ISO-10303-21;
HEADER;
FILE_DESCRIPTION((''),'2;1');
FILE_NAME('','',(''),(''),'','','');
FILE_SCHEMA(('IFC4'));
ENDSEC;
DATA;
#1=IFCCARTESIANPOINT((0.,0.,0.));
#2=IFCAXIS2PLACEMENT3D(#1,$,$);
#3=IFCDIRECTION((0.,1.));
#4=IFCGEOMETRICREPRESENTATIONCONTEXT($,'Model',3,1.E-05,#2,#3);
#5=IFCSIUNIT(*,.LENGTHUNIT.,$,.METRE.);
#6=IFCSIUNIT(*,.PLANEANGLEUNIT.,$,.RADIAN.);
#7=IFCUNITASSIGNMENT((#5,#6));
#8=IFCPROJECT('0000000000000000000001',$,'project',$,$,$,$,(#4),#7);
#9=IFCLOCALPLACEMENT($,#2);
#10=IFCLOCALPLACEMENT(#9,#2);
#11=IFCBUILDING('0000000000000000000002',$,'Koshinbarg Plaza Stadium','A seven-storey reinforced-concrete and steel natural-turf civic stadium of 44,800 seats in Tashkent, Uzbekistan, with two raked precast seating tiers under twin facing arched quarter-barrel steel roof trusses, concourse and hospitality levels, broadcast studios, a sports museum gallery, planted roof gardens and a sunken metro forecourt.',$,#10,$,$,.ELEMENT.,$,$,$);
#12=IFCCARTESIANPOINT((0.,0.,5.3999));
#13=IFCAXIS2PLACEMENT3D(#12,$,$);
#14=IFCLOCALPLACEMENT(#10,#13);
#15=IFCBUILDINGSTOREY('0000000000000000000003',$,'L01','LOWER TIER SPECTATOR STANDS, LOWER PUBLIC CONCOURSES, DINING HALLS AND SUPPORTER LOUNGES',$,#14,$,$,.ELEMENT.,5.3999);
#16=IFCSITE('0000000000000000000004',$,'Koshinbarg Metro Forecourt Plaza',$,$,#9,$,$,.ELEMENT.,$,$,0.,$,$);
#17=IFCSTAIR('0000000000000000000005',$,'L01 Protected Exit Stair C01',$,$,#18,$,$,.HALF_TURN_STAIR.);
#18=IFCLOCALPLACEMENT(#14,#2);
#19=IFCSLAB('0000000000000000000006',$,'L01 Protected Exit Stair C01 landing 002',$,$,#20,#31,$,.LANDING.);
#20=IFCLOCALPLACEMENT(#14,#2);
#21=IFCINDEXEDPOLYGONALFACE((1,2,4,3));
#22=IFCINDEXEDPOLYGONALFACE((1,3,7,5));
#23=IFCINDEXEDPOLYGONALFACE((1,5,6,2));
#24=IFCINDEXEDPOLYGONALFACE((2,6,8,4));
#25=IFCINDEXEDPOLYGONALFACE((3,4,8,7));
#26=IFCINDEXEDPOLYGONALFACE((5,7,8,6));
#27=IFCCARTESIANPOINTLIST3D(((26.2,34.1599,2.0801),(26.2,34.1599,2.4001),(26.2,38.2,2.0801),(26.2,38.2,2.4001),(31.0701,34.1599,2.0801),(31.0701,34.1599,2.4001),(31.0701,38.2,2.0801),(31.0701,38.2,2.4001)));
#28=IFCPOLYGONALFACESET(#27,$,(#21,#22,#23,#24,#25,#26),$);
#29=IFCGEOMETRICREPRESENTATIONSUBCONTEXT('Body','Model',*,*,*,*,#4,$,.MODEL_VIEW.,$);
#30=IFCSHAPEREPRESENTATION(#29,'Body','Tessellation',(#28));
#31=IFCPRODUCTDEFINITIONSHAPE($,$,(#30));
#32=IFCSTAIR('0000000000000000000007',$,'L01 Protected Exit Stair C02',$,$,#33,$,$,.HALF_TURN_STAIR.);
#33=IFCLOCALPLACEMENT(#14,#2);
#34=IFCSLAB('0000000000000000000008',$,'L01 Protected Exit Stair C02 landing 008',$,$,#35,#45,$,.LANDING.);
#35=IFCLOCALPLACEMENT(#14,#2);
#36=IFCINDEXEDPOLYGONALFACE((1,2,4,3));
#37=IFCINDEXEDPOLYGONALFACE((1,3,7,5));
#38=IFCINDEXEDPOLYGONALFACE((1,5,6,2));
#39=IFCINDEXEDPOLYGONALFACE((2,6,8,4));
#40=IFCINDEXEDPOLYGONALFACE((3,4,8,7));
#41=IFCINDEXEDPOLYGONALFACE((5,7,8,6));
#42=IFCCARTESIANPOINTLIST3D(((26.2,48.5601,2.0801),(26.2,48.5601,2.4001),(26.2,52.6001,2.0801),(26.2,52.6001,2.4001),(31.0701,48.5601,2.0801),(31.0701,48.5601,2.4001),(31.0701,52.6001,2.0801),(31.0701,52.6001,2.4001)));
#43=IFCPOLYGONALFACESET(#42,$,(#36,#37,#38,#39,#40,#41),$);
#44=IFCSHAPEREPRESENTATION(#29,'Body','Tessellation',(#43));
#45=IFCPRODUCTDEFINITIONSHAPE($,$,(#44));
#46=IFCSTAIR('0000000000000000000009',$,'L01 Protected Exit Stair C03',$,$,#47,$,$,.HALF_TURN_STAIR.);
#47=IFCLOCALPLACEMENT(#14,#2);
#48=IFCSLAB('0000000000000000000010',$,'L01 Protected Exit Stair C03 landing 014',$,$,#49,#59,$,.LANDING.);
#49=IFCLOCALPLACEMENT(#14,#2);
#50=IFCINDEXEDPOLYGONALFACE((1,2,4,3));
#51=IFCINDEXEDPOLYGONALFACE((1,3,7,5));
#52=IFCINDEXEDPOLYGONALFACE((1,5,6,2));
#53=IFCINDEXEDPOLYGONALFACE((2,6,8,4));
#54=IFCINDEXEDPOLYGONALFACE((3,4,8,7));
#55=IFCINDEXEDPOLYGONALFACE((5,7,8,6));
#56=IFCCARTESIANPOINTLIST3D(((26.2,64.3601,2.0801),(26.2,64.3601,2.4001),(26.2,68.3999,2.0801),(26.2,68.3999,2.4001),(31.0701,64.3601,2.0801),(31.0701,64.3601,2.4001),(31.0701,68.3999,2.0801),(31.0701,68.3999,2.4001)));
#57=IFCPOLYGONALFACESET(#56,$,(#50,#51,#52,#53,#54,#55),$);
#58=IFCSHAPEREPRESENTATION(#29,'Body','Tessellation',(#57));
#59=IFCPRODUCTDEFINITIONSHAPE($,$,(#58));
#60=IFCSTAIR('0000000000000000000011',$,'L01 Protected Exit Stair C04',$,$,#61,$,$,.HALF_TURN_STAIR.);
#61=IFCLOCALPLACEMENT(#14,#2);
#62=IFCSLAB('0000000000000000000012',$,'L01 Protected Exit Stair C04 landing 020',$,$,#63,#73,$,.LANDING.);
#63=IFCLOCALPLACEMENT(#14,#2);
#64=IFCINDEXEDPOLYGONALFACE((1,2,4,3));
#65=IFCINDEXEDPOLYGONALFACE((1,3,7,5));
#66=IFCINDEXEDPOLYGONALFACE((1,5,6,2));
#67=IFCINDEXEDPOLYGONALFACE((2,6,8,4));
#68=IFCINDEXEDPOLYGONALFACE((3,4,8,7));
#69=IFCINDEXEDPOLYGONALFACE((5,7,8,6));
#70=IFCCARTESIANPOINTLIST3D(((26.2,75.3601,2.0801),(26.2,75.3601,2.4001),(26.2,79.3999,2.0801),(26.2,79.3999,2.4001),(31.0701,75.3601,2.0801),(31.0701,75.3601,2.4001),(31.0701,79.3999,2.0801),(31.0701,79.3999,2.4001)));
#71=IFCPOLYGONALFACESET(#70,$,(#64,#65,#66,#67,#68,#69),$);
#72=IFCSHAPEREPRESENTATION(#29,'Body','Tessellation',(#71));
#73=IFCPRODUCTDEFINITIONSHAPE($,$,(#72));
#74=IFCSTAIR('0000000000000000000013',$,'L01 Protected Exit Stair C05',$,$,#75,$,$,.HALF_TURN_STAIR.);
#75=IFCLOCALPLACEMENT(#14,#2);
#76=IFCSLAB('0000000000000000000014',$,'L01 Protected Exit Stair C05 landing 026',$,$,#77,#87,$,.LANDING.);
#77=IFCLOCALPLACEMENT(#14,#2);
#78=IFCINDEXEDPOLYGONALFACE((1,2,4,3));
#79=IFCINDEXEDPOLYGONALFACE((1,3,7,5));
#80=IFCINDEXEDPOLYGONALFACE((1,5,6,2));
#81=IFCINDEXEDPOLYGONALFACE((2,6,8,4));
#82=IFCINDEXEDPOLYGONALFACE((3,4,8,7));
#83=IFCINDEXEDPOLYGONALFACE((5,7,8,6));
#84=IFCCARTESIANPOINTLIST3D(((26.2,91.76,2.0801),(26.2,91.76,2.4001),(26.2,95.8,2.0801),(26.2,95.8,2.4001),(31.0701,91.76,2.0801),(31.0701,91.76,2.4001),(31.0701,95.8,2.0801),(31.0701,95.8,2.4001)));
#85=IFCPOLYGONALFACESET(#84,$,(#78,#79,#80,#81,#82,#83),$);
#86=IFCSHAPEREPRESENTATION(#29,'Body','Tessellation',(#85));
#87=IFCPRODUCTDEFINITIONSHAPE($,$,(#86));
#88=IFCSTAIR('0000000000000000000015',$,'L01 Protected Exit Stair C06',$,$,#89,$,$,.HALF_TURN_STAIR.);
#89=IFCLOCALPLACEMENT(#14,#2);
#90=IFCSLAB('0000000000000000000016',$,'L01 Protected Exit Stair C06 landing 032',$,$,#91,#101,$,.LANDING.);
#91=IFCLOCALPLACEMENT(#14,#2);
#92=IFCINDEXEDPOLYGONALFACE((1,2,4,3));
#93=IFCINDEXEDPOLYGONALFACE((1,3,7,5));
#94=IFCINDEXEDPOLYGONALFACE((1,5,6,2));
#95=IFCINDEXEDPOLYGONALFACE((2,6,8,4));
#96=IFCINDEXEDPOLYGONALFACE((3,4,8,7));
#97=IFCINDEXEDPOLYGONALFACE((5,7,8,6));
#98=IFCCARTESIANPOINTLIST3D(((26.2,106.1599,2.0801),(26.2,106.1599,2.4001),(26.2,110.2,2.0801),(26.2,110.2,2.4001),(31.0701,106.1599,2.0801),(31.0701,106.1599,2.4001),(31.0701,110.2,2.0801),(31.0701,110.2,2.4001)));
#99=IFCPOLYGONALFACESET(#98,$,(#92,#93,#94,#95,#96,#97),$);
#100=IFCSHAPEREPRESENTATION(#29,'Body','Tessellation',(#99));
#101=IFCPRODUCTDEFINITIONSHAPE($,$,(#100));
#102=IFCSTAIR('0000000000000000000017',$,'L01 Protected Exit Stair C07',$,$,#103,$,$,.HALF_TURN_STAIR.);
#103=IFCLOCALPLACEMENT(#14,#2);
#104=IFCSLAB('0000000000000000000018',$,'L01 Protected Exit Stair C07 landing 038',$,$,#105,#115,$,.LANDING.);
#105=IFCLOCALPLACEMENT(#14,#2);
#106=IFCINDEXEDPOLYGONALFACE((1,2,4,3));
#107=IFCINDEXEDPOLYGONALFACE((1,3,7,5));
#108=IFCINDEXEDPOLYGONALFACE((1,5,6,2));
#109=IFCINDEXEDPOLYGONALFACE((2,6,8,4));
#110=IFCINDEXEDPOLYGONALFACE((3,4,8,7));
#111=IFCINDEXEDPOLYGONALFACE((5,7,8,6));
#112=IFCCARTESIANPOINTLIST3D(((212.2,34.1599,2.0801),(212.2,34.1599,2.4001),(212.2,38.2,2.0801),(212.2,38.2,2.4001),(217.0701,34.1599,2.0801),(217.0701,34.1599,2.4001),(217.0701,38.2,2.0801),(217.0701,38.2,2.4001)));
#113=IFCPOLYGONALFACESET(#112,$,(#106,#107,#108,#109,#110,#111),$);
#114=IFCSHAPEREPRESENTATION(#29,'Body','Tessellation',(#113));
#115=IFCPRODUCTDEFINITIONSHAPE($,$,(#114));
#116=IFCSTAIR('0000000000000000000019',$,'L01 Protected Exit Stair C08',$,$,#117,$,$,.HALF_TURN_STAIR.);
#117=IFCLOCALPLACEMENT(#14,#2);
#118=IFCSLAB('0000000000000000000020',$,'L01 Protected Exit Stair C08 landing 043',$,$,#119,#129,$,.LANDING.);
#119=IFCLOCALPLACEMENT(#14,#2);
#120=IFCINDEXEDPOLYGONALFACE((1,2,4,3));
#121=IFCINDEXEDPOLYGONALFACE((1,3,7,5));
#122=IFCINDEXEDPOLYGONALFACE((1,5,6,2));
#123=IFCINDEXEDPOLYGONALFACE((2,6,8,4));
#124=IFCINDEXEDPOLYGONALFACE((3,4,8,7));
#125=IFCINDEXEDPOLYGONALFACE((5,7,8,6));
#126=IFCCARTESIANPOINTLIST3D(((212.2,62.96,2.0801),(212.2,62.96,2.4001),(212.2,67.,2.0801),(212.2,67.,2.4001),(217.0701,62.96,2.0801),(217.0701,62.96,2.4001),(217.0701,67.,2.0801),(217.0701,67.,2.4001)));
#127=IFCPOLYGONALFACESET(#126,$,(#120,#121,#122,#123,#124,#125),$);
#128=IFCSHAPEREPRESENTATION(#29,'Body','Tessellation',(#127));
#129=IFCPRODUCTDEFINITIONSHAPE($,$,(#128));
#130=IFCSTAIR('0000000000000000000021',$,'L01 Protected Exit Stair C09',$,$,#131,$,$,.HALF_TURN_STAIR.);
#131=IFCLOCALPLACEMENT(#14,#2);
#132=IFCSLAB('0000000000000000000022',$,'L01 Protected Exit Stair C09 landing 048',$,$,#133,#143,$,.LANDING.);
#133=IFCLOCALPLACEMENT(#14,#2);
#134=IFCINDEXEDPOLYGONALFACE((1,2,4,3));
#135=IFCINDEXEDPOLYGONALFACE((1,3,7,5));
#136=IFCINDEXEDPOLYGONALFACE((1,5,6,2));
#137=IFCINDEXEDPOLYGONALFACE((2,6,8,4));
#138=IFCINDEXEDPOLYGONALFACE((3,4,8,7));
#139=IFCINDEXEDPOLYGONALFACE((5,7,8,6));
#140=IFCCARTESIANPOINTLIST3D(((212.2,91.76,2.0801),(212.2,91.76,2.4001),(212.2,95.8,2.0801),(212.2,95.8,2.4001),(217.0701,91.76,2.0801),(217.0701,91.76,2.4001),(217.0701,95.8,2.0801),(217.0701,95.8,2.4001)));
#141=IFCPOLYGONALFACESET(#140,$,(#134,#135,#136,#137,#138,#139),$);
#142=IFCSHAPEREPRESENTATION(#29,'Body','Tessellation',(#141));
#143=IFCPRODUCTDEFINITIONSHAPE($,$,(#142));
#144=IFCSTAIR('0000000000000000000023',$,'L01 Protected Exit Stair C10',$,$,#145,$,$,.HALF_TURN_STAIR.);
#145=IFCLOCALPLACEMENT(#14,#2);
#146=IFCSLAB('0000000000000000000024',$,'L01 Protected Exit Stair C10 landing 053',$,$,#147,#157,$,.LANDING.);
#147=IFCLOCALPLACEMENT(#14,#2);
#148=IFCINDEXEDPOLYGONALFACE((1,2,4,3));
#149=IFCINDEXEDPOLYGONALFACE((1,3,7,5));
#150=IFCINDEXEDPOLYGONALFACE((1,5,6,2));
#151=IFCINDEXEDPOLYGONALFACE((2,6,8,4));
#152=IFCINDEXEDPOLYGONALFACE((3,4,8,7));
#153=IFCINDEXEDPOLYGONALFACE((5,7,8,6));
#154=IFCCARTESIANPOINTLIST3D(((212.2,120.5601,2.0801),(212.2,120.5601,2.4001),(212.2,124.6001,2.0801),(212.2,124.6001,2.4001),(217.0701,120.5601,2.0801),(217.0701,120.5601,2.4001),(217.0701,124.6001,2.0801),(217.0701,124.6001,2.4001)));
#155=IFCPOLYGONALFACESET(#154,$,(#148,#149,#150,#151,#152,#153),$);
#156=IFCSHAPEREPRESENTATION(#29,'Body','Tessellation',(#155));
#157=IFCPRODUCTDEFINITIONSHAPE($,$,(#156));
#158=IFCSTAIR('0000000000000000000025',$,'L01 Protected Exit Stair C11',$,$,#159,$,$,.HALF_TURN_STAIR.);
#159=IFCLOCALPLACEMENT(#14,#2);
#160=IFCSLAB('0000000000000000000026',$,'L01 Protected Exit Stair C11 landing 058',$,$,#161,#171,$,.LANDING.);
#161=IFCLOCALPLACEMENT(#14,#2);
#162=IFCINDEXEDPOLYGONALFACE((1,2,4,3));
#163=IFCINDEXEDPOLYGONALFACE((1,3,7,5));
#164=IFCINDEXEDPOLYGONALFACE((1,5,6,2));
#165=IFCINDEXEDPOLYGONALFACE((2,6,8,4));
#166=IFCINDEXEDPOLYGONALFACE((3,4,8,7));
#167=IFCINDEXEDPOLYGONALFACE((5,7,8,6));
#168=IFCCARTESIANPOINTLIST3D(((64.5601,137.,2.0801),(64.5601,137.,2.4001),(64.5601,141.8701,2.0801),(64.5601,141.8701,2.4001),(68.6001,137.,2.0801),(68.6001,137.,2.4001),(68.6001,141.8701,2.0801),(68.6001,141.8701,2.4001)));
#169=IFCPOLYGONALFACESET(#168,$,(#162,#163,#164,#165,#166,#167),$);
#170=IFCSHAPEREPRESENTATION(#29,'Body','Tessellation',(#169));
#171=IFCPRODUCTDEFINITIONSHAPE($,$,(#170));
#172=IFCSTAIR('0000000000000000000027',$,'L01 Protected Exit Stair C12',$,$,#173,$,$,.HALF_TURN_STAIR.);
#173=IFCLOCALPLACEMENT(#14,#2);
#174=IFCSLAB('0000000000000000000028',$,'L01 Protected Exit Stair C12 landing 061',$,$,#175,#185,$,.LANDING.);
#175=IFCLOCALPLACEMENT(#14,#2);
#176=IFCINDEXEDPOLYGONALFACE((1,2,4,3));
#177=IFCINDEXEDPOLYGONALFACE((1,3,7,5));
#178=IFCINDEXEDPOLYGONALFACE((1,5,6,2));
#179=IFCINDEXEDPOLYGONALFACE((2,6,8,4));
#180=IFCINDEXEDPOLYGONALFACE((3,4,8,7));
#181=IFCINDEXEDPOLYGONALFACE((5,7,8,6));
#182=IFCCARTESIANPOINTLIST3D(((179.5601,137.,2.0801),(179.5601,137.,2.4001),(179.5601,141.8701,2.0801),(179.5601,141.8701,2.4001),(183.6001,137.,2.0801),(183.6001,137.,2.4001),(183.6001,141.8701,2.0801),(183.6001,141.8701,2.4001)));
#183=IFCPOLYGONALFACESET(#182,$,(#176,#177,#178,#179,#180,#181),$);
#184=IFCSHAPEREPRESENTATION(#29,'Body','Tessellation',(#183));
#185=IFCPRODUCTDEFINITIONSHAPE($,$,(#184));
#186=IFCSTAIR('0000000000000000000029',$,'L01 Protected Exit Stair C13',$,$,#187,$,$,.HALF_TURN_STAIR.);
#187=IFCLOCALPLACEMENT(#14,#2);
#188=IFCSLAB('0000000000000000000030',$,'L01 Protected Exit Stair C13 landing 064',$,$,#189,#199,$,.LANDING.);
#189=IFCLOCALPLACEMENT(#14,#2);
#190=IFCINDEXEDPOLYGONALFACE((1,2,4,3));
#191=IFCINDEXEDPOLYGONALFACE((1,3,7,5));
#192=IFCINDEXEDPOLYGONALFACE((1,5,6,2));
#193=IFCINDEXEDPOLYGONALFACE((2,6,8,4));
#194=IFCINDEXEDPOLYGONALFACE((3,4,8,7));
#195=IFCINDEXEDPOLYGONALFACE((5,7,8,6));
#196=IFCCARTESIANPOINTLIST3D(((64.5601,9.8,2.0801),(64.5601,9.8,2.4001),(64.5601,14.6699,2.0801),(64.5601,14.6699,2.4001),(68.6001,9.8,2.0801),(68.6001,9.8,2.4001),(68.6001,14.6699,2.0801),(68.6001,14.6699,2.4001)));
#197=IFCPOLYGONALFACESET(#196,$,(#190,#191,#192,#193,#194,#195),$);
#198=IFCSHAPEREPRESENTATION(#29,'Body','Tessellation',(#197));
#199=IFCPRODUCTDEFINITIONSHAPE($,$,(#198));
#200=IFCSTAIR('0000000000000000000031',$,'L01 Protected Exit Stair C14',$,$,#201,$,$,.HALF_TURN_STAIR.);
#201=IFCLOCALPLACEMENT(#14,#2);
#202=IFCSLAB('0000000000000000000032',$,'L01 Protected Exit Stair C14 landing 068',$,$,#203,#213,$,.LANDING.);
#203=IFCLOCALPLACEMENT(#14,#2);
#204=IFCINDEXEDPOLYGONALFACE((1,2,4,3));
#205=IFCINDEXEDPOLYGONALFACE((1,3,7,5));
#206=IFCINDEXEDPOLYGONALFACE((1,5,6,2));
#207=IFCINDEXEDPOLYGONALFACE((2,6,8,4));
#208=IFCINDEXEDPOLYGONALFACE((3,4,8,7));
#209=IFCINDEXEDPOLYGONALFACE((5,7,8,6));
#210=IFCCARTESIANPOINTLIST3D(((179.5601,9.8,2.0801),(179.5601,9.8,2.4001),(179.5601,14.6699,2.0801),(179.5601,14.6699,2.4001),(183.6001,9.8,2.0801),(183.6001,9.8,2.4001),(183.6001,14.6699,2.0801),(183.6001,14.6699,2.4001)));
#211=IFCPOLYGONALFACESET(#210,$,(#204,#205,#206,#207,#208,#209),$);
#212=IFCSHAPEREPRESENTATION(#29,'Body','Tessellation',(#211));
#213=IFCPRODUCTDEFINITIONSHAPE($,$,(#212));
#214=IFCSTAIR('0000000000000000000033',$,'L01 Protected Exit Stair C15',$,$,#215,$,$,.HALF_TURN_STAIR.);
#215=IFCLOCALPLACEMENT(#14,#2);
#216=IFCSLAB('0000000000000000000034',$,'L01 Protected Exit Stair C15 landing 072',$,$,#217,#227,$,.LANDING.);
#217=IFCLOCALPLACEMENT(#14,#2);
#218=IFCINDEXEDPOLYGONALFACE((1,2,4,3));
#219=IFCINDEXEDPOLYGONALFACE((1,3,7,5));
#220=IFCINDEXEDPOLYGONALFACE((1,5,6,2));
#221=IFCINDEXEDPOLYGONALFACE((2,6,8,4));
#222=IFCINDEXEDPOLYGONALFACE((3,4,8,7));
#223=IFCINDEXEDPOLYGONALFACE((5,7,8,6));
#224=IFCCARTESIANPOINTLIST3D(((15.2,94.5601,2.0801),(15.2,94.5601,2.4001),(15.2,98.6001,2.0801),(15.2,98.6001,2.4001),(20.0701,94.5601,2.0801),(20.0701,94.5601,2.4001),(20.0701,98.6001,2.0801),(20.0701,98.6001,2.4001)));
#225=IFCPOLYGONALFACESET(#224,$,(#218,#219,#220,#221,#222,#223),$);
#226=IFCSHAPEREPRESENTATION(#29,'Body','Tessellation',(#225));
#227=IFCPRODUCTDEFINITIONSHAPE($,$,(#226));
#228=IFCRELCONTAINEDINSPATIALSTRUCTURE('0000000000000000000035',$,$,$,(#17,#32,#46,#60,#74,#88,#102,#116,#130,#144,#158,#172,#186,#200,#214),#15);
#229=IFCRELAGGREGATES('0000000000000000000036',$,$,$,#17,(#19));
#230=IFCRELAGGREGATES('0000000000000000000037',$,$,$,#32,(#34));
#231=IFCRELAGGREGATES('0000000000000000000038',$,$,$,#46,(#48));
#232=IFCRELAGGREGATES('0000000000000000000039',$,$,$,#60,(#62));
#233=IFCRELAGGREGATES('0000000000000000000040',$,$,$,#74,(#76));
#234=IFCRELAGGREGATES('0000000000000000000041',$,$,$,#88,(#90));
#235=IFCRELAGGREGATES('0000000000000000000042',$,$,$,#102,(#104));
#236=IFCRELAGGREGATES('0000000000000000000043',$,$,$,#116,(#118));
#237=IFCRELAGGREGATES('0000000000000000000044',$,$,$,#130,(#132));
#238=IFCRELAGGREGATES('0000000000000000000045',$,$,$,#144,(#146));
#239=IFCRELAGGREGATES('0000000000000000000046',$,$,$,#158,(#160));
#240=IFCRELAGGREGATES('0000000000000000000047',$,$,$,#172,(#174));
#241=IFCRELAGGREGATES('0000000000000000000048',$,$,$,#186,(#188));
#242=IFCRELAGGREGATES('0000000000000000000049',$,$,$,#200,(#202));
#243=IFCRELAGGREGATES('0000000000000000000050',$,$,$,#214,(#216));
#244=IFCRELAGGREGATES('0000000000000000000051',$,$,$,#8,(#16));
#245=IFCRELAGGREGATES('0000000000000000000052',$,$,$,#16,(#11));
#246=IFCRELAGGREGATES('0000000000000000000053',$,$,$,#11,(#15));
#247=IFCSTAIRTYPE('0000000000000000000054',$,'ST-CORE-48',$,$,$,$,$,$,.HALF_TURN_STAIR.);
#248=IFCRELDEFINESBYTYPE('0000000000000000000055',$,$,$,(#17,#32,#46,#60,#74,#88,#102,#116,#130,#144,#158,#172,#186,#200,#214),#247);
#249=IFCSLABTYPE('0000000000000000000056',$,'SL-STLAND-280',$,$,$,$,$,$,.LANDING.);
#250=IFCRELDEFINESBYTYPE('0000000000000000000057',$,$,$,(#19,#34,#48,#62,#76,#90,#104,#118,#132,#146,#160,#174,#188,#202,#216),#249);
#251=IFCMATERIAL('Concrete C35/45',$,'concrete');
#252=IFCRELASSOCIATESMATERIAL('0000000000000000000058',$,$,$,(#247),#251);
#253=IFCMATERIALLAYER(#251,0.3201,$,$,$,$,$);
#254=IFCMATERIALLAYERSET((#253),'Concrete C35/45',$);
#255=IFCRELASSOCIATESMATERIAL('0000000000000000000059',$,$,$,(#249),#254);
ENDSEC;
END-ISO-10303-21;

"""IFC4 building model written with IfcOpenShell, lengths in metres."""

from ifc_helpers import new_model, si_unit, direction, frame, origin, place, context, subcontext, project, spatial, polyline, outline, extrude, material, layer, layer_set, type_object, element, aggregate, save


model = new_model("IFC4")

# Units and contexts
model_context = context("Model", 3, precision=1e-05, world=origin(), true_north=direction((0.0, 1.0)))
body_context = subcontext(model_context, "Body", "Model", "MODEL_VIEW")
ifc_project = project(units=[si_unit("LENGTHUNIT", "METRE"), si_unit("PLANEANGLEUNIT", "RADIAN")], contexts=[model_context])

# Site, building, storey
site_placement = place(None, origin())
site = spatial("IfcSite", under=ifc_project, at=site_placement, Name="Koshinbarg Metro Forecourt Plaza", CompositionType="ELEMENT", RefElevation=0.0)
building_placement = place(site_placement, origin())
building = spatial("IfcBuilding", under=site, at=building_placement, Name="Koshinbarg Plaza Stadium", Description="A seven-storey reinforced-concrete and steel natural-turf civic stadium of 44,800 seats in Tashkent, Uzbekistan, with two raked precast seating tiers under twin facing arched quarter-barrel steel roof trusses, concourse and hospitality levels, broadcast studios, a sports museum gallery, planted roof gardens and a sunken metro forecourt.", CompositionType="ELEMENT")
storey_placement = place(building_placement, frame((0.0, 0.0, 5.3999)))
storey = spatial("IfcBuildingStorey", under=building, at=storey_placement, Name="L01", Description="LOWER TIER SPECTATOR STANDS, LOWER PUBLIC CONCOURSES, DINING HALLS AND SUPPORTER LOUNGES", CompositionType="ELEMENT", Elevation=5.3999)

# Stairs, slabs
ifc_material_1 = material(Name="Concrete C35/45", Category="concrete")
stair_type_1 = type_object("IfcStairType", Name="ST-CORE-48", PredefinedType="HALF_TURN_STAIR", material=ifc_material_1)
stair_1_placement = place(storey_placement, origin())
stair_1 = element("IfcStair", 1, at=stair_1_placement, inside=storey, type_object=stair_type_1, Name="L01 Protected Exit Stair C01", PredefinedType="HALF_TURN_STAIR")
ifc_layer_1 = layer(ifc_material_1, 0.3201)
ifc_layer_set_1 = layer_set([ifc_layer_1], Name="Concrete C35/45")
slab_type_1 = type_object("IfcSlabType", Name="SL-STLAND-280", PredefinedType="LANDING", material=ifc_layer_set_1)
slab_1_placement = place(storey_placement, frame((0.0, 0.0, 2.0801)))
slab_1 = element("IfcSlab", 2, at=slab_1_placement, type_object=slab_type_1, Name="L01 Protected Exit Stair C01 landing 002", PredefinedType="LANDING", context=body_context, shape_type="SweptSolid", body=[
    extrude(outline(polyline([(31.0701, 34.1599), (31.0701, 38.2), (26.2, 38.2), (26.2, 34.1599), (31.0701, 34.1599)])), origin(), (0.0, 0.0, 1.0), 0.3201),
])
aggregate(stair_1, [slab_1])
stair_2_placement = place(storey_placement, origin())
stair_2 = element("IfcStair", 3, at=stair_2_placement, inside=storey, type_object=stair_type_1, Name="L01 Protected Exit Stair C02", PredefinedType="HALF_TURN_STAIR")
slab_2_placement = place(storey_placement, frame((0.0, 0.0, 2.0801)))
slab_2 = element("IfcSlab", 4, at=slab_2_placement, type_object=slab_type_1, Name="L01 Protected Exit Stair C02 landing 008", PredefinedType="LANDING", context=body_context, shape_type="SweptSolid", body=[
    extrude(outline(polyline([(31.0701, 48.5601), (31.0701, 52.6001), (26.2, 52.6001), (26.2, 48.5601), (31.0701, 48.5601)])), origin(), (0.0, 0.0, 1.0), 0.3201),
])
aggregate(stair_2, [slab_2])
stair_3_placement = place(storey_placement, origin())
stair_3 = element("IfcStair", 5, at=stair_3_placement, inside=storey, type_object=stair_type_1, Name="L01 Protected Exit Stair C03", PredefinedType="HALF_TURN_STAIR")
slab_3_placement = place(storey_placement, frame((0.0, 0.0, 2.0801)))
slab_3 = element("IfcSlab", 6, at=slab_3_placement, type_object=slab_type_1, Name="L01 Protected Exit Stair C03 landing 014", PredefinedType="LANDING", context=body_context, shape_type="SweptSolid", body=[
    extrude(outline(polyline([(31.0701, 64.3601), (31.0701, 68.3999), (26.2, 68.3999), (26.2, 64.3601), (31.0701, 64.3601)])), origin(), (0.0, 0.0, 1.0), 0.3201),
])
aggregate(stair_3, [slab_3])
stair_4_placement = place(storey_placement, origin())
stair_4 = element("IfcStair", 7, at=stair_4_placement, inside=storey, type_object=stair_type_1, Name="L01 Protected Exit Stair C04", PredefinedType="HALF_TURN_STAIR")
slab_4_placement = place(storey_placement, frame((0.0, 0.0, 2.0801)))
slab_4 = element("IfcSlab", 8, at=slab_4_placement, type_object=slab_type_1, Name="L01 Protected Exit Stair C04 landing 020", PredefinedType="LANDING", context=body_context, shape_type="SweptSolid", body=[
    extrude(outline(polyline([(31.0701, 75.3601), (31.0701, 79.3999), (26.2, 79.3999), (26.2, 75.3601), (31.0701, 75.3601)])), origin(), (0.0, 0.0, 1.0), 0.3201),
])
aggregate(stair_4, [slab_4])
stair_5_placement = place(storey_placement, origin())
stair_5 = element("IfcStair", 9, at=stair_5_placement, inside=storey, type_object=stair_type_1, Name="L01 Protected Exit Stair C05", PredefinedType="HALF_TURN_STAIR")
slab_5_placement = place(storey_placement, frame((0.0, 0.0, 2.0801)))
slab_5 = element("IfcSlab", 10, at=slab_5_placement, type_object=slab_type_1, Name="L01 Protected Exit Stair C05 landing 026", PredefinedType="LANDING", context=body_context, shape_type="SweptSolid", body=[
    extrude(outline(polyline([(31.0701, 91.76), (31.0701, 95.8), (26.2, 95.8), (26.2, 91.76), (31.0701, 91.76)])), origin(), (0.0, 0.0, 1.0), 0.3201),
])
aggregate(stair_5, [slab_5])
stair_6_placement = place(storey_placement, origin())
stair_6 = element("IfcStair", 11, at=stair_6_placement, inside=storey, type_object=stair_type_1, Name="L01 Protected Exit Stair C06", PredefinedType="HALF_TURN_STAIR")
slab_6_placement = place(storey_placement, frame((0.0, 0.0, 2.0801)))
slab_6 = element("IfcSlab", 12, at=slab_6_placement, type_object=slab_type_1, Name="L01 Protected Exit Stair C06 landing 032", PredefinedType="LANDING", context=body_context, shape_type="SweptSolid", body=[
    extrude(outline(polyline([(31.0701, 106.1599), (31.0701, 110.2), (26.2, 110.2), (26.2, 106.1599), (31.0701, 106.1599)])), origin(), (0.0, 0.0, 1.0), 0.3201),
])
aggregate(stair_6, [slab_6])
stair_7_placement = place(storey_placement, origin())
stair_7 = element("IfcStair", 13, at=stair_7_placement, inside=storey, type_object=stair_type_1, Name="L01 Protected Exit Stair C07", PredefinedType="HALF_TURN_STAIR")
slab_7_placement = place(storey_placement, frame((0.0, 0.0, 2.0801)))
slab_7 = element("IfcSlab", 14, at=slab_7_placement, type_object=slab_type_1, Name="L01 Protected Exit Stair C07 landing 038", PredefinedType="LANDING", context=body_context, shape_type="SweptSolid", body=[
    extrude(outline(polyline([(217.0701, 34.1599), (217.0701, 38.2), (212.2, 38.2), (212.2, 34.1599), (217.0701, 34.1599)])), origin(), (0.0, 0.0, 1.0), 0.3201),
])
aggregate(stair_7, [slab_7])
stair_8_placement = place(storey_placement, origin())
stair_8 = element("IfcStair", 15, at=stair_8_placement, inside=storey, type_object=stair_type_1, Name="L01 Protected Exit Stair C08", PredefinedType="HALF_TURN_STAIR")
slab_8_placement = place(storey_placement, frame((0.0, 0.0, 2.0801)))
slab_8 = element("IfcSlab", 16, at=slab_8_placement, type_object=slab_type_1, Name="L01 Protected Exit Stair C08 landing 043", PredefinedType="LANDING", context=body_context, shape_type="SweptSolid", body=[
    extrude(outline(polyline([(217.0701, 62.96), (217.0701, 67.0), (212.2, 67.0), (212.2, 62.96), (217.0701, 62.96)])), origin(), (0.0, 0.0, 1.0), 0.3201),
])
aggregate(stair_8, [slab_8])
stair_9_placement = place(storey_placement, origin())
stair_9 = element("IfcStair", 17, at=stair_9_placement, inside=storey, type_object=stair_type_1, Name="L01 Protected Exit Stair C09", PredefinedType="HALF_TURN_STAIR")
slab_9_placement = place(storey_placement, frame((0.0, 0.0, 2.0801)))
slab_9 = element("IfcSlab", 18, at=slab_9_placement, type_object=slab_type_1, Name="L01 Protected Exit Stair C09 landing 048", PredefinedType="LANDING", context=body_context, shape_type="SweptSolid", body=[
    extrude(outline(polyline([(217.0701, 91.76), (217.0701, 95.8), (212.2, 95.8), (212.2, 91.76), (217.0701, 91.76)])), origin(), (0.0, 0.0, 1.0), 0.3201),
])
aggregate(stair_9, [slab_9])
stair_10_placement = place(storey_placement, origin())
stair_10 = element("IfcStair", 19, at=stair_10_placement, inside=storey, type_object=stair_type_1, Name="L01 Protected Exit Stair C10", PredefinedType="HALF_TURN_STAIR")
slab_10_placement = place(storey_placement, frame((0.0, 0.0, 2.0801)))
slab_10 = element("IfcSlab", 20, at=slab_10_placement, type_object=slab_type_1, Name="L01 Protected Exit Stair C10 landing 053", PredefinedType="LANDING", context=body_context, shape_type="SweptSolid", body=[
    extrude(outline(polyline([(217.0701, 120.5601), (217.0701, 124.6001), (212.2, 124.6001), (212.2, 120.5601), (217.0701, 120.5601)])), origin(), (0.0, 0.0, 1.0), 0.3201),
])
aggregate(stair_10, [slab_10])
stair_11_placement = place(storey_placement, origin())
stair_11 = element("IfcStair", 21, at=stair_11_placement, inside=storey, type_object=stair_type_1, Name="L01 Protected Exit Stair C11", PredefinedType="HALF_TURN_STAIR")
slab_11_placement = place(storey_placement, frame((0.0, 0.0, 2.0801)))
slab_11 = element("IfcSlab", 22, at=slab_11_placement, type_object=slab_type_1, Name="L01 Protected Exit Stair C11 landing 058", PredefinedType="LANDING", context=body_context, shape_type="SweptSolid", body=[
    extrude(outline(polyline([(64.5601, 137.0), (68.6001, 137.0), (68.6001, 141.8701), (64.5601, 141.8701), (64.5601, 137.0)])), origin(), (0.0, 0.0, 1.0), 0.3201),
])
aggregate(stair_11, [slab_11])
stair_12_placement = place(storey_placement, origin())
stair_12 = element("IfcStair", 23, at=stair_12_placement, inside=storey, type_object=stair_type_1, Name="L01 Protected Exit Stair C12", PredefinedType="HALF_TURN_STAIR")
slab_12_placement = place(storey_placement, frame((0.0, 0.0, 2.0801)))
slab_12 = element("IfcSlab", 24, at=slab_12_placement, type_object=slab_type_1, Name="L01 Protected Exit Stair C12 landing 061", PredefinedType="LANDING", context=body_context, shape_type="SweptSolid", body=[
    extrude(outline(polyline([(179.5601, 137.0), (183.6001, 137.0), (183.6001, 141.8701), (179.5601, 141.8701), (179.5601, 137.0)])), origin(), (0.0, 0.0, 1.0), 0.3201),
])
aggregate(stair_12, [slab_12])
stair_13_placement = place(storey_placement, origin())
stair_13 = element("IfcStair", 25, at=stair_13_placement, inside=storey, type_object=stair_type_1, Name="L01 Protected Exit Stair C13", PredefinedType="HALF_TURN_STAIR")
slab_13_placement = place(storey_placement, frame((0.0, 0.0, 2.0801)))
slab_13 = element("IfcSlab", 26, at=slab_13_placement, type_object=slab_type_1, Name="L01 Protected Exit Stair C13 landing 064", PredefinedType="LANDING", context=body_context, shape_type="SweptSolid", body=[
    extrude(outline(polyline([(64.5601, 9.8), (68.6001, 9.8), (68.6001, 14.6699), (64.5601, 14.6699), (64.5601, 9.8)])), origin(), (0.0, 0.0, 1.0), 0.3201),
])
aggregate(stair_13, [slab_13])
stair_14_placement = place(storey_placement, origin())
stair_14 = element("IfcStair", 27, at=stair_14_placement, inside=storey, type_object=stair_type_1, Name="L01 Protected Exit Stair C14", PredefinedType="HALF_TURN_STAIR")
slab_14_placement = place(storey_placement, frame((0.0, 0.0, 2.0801)))
slab_14 = element("IfcSlab", 28, at=slab_14_placement, type_object=slab_type_1, Name="L01 Protected Exit Stair C14 landing 068", PredefinedType="LANDING", context=body_context, shape_type="SweptSolid", body=[
    extrude(outline(polyline([(179.5601, 9.8), (183.6001, 9.8), (183.6001, 14.6699), (179.5601, 14.6699), (179.5601, 9.8)])), origin(), (0.0, 0.0, 1.0), 0.3201),
])
aggregate(stair_14, [slab_14])
stair_15_placement = place(storey_placement, origin())
stair_15 = element("IfcStair", 29, at=stair_15_placement, inside=storey, type_object=stair_type_1, Name="L01 Protected Exit Stair C15", PredefinedType="HALF_TURN_STAIR")
slab_15_placement = place(storey_placement, frame((0.0, 0.0, 2.0801)))
slab_15 = element("IfcSlab", 30, at=slab_15_placement, type_object=slab_type_1, Name="L01 Protected Exit Stair C15 landing 072", PredefinedType="LANDING", context=body_context, shape_type="SweptSolid", body=[
    extrude(outline(polyline([(20.0701, 94.5601), (20.0701, 98.6001), (15.2, 98.6001), (15.2, 94.5601), (20.0701, 94.5601)])), origin(), (0.0, 0.0, 1.0), 0.3201),
])
aggregate(stair_15, [slab_15])

save(model, "model.ifc")
